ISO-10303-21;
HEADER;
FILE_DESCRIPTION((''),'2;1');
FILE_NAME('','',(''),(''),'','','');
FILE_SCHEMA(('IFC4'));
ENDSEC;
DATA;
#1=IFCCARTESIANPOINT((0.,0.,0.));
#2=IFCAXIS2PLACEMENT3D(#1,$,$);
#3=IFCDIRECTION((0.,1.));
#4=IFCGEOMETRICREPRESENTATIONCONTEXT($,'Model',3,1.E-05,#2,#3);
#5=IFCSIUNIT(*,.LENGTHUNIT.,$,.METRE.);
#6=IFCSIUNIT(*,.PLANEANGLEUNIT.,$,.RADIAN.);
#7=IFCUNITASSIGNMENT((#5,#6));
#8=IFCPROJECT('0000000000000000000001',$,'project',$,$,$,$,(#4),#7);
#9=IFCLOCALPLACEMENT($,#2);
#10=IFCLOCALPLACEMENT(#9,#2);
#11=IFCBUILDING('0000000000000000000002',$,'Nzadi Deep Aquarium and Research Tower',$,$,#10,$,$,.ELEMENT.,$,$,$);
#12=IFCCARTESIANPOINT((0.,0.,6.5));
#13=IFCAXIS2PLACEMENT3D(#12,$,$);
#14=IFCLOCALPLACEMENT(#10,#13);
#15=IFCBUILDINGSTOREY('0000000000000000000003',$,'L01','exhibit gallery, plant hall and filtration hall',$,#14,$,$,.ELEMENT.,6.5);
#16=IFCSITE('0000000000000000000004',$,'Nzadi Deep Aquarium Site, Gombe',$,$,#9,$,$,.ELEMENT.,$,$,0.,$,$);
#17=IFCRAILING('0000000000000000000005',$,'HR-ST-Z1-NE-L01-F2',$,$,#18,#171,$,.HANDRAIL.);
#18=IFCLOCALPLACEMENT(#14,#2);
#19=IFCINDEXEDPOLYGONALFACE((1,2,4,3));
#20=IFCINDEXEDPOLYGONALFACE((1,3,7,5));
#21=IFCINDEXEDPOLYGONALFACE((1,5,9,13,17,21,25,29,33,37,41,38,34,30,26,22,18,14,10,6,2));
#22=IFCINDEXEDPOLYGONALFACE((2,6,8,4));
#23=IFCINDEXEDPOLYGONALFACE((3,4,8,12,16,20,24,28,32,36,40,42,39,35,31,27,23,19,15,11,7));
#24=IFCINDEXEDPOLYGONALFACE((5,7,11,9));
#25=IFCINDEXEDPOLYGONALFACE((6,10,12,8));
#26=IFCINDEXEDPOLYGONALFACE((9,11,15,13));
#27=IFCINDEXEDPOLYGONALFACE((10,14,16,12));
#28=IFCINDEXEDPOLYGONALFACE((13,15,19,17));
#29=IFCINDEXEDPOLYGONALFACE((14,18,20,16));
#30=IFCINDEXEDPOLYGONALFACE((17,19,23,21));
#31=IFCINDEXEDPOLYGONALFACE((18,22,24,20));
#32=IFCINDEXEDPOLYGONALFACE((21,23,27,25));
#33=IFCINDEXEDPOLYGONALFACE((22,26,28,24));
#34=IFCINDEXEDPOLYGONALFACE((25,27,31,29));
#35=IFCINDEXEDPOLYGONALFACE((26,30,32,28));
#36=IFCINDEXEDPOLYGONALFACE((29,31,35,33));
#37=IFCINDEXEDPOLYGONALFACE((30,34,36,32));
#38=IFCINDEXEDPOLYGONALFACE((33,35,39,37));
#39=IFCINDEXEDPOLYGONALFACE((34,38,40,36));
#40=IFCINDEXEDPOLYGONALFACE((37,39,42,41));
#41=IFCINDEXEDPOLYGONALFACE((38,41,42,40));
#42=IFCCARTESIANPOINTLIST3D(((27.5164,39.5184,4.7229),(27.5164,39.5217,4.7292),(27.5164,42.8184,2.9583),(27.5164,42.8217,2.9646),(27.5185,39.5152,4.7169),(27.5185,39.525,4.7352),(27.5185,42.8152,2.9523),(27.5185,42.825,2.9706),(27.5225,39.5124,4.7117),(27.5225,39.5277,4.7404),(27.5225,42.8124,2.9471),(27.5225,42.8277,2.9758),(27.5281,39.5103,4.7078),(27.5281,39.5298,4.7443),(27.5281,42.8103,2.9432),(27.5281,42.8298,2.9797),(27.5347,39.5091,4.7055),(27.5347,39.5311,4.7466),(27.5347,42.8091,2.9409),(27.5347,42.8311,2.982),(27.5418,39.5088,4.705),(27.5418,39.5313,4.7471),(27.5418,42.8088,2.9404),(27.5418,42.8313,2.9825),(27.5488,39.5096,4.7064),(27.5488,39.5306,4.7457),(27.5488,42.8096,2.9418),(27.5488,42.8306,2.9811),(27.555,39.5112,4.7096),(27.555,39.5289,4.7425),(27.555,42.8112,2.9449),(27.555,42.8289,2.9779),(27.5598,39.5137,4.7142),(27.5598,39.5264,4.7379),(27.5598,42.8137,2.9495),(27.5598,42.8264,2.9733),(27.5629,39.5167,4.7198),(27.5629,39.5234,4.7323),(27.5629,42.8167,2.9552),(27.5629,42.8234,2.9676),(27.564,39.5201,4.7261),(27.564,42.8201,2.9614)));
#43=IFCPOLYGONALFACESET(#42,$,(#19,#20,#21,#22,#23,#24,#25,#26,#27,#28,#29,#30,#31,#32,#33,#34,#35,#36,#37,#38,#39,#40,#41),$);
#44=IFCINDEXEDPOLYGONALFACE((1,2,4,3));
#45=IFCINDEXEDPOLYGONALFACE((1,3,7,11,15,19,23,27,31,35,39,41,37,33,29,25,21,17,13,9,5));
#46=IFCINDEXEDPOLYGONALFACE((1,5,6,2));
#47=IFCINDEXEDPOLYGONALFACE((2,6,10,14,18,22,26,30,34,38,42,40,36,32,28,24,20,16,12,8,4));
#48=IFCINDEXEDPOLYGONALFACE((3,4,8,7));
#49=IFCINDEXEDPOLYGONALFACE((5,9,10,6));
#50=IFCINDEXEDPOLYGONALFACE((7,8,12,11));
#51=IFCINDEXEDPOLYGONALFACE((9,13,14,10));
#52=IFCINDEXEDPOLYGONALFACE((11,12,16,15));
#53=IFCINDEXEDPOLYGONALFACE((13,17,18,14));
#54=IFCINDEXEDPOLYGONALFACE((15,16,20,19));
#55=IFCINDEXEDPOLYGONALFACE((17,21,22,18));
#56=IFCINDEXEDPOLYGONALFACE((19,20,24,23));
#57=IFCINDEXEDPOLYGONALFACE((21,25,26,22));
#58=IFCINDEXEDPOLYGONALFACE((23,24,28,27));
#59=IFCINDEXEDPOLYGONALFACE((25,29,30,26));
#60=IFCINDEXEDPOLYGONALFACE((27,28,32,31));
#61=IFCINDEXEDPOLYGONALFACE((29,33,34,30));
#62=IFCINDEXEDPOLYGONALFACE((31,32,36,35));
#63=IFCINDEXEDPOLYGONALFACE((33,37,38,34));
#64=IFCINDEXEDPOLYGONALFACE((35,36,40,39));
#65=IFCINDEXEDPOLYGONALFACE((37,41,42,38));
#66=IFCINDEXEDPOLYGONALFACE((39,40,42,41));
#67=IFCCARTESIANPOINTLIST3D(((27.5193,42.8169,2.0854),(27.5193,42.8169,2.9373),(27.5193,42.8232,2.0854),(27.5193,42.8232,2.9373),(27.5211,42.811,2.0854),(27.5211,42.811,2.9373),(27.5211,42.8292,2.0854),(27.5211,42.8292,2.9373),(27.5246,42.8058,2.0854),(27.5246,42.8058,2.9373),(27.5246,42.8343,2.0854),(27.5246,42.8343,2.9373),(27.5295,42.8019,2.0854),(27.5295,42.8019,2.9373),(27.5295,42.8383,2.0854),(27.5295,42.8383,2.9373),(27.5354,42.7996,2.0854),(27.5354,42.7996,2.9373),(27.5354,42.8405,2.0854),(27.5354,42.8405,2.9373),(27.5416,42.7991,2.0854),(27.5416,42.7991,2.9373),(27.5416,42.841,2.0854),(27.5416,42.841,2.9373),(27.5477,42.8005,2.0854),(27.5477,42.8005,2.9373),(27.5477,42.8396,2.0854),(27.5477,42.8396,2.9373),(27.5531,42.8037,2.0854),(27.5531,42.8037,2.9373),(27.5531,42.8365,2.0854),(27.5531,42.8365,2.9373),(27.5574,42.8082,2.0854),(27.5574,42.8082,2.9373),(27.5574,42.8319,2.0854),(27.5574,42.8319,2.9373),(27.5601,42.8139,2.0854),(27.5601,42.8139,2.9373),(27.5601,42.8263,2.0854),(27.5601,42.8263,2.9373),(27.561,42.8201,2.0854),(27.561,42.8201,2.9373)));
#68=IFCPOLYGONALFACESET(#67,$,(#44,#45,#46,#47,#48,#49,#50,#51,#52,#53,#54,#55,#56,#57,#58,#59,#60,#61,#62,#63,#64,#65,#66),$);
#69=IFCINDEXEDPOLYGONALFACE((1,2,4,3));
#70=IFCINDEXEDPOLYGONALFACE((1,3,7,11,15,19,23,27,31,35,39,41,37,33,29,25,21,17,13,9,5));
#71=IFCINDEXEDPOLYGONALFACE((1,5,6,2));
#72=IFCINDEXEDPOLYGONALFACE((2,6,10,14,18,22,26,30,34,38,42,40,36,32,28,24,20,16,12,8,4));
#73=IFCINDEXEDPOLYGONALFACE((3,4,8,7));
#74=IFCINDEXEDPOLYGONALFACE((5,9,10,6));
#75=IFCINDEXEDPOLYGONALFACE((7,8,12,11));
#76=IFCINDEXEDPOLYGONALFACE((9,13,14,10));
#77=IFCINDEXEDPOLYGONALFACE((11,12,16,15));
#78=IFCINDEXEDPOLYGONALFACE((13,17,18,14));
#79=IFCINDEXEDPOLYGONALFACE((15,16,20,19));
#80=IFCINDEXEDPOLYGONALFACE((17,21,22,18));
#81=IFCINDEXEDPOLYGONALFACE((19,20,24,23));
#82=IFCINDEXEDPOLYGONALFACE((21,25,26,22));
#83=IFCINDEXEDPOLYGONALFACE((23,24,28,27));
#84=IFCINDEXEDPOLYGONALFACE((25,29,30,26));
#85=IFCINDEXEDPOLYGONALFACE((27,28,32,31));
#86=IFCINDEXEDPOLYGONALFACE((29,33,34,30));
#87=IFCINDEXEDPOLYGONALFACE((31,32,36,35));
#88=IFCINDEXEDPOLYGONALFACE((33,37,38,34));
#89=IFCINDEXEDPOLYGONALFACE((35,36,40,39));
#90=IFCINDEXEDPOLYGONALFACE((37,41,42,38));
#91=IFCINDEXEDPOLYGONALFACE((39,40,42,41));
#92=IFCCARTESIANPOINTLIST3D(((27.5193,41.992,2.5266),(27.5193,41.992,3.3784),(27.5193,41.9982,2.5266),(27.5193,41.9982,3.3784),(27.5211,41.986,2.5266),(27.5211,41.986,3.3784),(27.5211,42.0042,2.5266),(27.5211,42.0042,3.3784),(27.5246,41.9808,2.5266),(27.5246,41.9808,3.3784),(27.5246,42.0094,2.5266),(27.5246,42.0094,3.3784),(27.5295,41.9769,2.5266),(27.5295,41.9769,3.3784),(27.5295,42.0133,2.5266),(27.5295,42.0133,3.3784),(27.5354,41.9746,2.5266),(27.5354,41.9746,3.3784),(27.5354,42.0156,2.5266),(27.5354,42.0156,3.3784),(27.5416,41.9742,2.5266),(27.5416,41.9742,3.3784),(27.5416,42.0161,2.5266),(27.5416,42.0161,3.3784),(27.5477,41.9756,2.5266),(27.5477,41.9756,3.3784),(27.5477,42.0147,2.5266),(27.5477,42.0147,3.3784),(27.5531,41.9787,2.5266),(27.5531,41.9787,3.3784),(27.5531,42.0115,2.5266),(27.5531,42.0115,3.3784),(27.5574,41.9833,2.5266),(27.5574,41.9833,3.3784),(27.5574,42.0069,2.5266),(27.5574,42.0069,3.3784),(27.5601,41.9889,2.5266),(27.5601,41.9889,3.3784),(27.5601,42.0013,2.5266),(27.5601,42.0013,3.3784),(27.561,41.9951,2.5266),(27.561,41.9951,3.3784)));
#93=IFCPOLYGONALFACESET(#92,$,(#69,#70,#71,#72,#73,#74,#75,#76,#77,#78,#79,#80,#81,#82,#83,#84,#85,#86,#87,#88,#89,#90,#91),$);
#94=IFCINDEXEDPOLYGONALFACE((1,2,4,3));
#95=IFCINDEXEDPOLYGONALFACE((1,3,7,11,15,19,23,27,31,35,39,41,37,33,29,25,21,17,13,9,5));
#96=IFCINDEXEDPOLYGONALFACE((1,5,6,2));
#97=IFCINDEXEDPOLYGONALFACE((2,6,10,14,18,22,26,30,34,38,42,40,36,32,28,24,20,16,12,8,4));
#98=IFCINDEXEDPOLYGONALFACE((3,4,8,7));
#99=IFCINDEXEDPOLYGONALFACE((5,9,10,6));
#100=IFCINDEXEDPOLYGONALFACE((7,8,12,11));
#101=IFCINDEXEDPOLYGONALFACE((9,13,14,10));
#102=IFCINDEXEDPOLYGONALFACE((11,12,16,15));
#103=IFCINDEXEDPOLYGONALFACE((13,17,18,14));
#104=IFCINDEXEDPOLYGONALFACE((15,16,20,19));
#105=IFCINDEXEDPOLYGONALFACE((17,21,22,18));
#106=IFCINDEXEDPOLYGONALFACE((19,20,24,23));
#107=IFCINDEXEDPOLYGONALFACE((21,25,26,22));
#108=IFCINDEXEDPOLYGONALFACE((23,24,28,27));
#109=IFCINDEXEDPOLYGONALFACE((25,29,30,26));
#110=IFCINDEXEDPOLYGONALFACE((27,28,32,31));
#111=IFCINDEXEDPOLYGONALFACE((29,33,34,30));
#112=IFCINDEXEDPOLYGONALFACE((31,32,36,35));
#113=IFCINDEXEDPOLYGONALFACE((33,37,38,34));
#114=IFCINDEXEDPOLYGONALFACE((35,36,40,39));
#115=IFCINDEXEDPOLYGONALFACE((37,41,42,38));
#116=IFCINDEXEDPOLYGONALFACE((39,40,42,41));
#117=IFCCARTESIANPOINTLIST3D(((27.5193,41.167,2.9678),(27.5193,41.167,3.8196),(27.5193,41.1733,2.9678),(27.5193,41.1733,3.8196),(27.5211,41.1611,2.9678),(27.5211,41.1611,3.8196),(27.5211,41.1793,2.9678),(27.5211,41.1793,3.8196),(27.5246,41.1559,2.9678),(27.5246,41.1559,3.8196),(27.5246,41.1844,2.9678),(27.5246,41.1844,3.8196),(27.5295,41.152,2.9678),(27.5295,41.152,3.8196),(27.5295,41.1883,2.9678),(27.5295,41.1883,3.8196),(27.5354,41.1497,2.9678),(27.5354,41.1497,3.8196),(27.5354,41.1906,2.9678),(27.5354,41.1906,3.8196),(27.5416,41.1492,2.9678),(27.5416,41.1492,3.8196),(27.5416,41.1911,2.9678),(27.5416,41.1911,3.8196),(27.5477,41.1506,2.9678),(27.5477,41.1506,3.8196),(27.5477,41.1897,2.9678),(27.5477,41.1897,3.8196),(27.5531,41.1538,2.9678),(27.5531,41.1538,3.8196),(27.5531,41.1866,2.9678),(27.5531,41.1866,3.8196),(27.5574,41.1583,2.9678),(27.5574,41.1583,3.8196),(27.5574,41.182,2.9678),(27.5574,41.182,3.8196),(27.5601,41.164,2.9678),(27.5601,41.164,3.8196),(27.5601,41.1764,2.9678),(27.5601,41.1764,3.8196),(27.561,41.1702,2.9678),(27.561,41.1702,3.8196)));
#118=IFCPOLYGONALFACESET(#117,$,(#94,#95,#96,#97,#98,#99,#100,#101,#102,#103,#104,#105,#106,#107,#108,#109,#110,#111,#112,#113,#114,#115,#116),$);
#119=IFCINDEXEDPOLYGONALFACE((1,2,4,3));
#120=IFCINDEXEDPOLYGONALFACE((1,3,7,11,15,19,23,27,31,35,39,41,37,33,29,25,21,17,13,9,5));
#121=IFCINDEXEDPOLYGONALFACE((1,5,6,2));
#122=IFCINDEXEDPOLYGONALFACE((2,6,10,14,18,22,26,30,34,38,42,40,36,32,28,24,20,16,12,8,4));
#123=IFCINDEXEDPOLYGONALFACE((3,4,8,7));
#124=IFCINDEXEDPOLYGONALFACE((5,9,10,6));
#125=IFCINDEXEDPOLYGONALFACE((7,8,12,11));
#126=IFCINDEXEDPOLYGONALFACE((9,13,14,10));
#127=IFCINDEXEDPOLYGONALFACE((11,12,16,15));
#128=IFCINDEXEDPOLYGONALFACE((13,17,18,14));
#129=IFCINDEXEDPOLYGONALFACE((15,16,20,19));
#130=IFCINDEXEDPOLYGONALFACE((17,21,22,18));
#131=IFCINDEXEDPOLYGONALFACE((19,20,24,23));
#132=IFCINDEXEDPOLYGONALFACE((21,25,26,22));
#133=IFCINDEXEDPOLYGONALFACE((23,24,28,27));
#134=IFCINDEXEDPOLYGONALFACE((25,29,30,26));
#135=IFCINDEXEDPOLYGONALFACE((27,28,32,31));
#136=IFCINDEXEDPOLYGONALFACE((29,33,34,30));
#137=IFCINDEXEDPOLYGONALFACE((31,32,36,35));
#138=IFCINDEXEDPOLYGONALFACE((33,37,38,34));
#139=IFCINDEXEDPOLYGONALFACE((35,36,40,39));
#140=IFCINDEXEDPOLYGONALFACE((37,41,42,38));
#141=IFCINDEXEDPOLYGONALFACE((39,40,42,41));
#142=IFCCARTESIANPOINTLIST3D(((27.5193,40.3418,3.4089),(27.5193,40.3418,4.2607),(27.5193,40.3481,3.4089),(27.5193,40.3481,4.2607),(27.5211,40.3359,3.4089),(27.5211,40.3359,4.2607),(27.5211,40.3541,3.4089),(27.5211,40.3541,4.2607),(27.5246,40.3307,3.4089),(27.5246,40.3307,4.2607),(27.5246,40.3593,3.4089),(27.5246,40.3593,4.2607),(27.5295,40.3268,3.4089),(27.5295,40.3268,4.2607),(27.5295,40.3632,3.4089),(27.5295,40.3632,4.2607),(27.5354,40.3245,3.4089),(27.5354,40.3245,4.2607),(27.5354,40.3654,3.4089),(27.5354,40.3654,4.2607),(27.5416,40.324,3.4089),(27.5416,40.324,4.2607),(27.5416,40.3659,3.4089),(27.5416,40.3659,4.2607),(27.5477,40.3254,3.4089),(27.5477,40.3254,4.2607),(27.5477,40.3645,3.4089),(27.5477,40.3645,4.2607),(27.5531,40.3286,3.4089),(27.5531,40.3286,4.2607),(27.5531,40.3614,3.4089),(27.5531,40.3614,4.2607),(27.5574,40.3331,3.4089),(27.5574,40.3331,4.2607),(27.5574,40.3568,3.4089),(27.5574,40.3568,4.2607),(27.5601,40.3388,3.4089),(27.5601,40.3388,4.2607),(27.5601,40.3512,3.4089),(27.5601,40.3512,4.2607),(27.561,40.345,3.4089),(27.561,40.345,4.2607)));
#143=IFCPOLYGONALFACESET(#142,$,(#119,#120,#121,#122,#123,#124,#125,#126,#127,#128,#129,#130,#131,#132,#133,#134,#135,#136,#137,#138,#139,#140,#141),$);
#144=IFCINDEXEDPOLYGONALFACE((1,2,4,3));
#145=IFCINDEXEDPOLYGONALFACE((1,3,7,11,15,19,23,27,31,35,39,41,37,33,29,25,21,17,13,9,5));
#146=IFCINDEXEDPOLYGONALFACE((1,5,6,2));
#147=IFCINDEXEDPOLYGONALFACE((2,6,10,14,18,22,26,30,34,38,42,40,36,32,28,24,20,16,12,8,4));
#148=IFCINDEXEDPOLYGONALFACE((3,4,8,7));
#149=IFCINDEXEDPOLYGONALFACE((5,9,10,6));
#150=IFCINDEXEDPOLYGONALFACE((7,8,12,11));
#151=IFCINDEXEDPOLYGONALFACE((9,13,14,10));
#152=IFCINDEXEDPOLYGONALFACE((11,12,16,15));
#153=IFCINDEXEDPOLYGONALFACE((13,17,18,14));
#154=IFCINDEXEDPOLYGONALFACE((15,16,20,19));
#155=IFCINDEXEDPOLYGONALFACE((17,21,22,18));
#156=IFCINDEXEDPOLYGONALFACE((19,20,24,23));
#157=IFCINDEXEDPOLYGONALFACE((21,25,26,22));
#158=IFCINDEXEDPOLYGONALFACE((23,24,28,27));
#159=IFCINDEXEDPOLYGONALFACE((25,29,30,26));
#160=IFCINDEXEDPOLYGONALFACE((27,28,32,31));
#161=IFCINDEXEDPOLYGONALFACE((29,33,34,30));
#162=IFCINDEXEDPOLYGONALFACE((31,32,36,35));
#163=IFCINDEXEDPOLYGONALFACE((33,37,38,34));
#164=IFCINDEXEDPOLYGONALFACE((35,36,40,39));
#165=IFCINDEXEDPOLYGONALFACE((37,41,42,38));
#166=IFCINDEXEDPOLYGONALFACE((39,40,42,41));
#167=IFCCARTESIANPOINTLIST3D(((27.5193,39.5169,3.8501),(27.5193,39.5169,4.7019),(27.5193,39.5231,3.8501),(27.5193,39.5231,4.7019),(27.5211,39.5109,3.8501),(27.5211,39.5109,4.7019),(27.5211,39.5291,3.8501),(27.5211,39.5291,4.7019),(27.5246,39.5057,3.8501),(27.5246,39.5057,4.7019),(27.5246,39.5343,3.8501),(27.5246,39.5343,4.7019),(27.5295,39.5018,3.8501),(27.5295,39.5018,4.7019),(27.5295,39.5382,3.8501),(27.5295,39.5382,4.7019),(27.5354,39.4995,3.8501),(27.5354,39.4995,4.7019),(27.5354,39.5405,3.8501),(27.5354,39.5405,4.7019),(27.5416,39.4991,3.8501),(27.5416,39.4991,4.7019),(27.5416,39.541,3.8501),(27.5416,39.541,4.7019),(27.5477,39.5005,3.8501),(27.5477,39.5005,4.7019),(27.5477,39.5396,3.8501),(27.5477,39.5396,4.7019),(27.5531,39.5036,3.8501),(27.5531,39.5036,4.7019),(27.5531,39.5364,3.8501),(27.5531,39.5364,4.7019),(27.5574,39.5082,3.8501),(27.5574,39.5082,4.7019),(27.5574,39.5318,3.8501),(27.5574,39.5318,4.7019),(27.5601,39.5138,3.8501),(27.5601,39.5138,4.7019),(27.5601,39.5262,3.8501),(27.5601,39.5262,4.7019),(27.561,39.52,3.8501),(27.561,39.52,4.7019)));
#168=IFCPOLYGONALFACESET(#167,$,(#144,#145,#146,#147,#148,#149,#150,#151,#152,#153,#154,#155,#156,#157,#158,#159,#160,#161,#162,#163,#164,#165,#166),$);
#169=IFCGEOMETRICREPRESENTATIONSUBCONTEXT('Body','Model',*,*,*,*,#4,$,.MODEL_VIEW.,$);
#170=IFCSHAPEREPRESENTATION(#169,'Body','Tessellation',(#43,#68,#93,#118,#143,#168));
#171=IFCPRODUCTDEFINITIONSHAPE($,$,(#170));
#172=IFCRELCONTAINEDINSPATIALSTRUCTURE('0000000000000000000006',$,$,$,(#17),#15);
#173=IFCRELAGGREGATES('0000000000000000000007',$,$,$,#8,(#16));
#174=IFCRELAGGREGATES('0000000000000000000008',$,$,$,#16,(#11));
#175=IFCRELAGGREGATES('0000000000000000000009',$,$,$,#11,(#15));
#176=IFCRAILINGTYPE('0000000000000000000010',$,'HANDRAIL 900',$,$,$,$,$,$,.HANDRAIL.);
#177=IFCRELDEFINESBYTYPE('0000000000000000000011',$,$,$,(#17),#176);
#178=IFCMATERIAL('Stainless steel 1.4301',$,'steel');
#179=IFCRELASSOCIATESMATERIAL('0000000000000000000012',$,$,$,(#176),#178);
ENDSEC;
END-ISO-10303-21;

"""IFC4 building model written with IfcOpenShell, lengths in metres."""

from ifc_helpers import new_model, si_unit, direction, frame, origin, origin_2d, place, context, subcontext, project, spatial, circle, extrude, material, type_object, element, save


model = new_model("IFC4")

# Units and contexts
model_context = context("Model", 3, precision=1e-05, world=origin(), true_north=direction((0.0, 1.0)))
body_context = subcontext(model_context, "Body", "Model", "MODEL_VIEW")
ifc_project = project(units=[si_unit("LENGTHUNIT", "METRE"), si_unit("PLANEANGLEUNIT", "RADIAN")], contexts=[model_context])

# Site, building, storey
site_placement = place(None, origin())
site = spatial("IfcSite", under=ifc_project, at=site_placement, Name="Nzadi Deep Aquarium Site, Gombe", CompositionType="ELEMENT", RefElevation=0.0)
building_placement = place(site_placement, origin())
building = spatial("IfcBuilding", under=site, at=building_placement, Name="Nzadi Deep Aquarium and Research Tower", CompositionType="ELEMENT")
storey_placement = place(building_placement, frame((0.0, 0.0, 6.5)))
storey = spatial("IfcBuildingStorey", under=building, at=storey_placement, Name="L01", Description="exhibit gallery, plant hall and filtration hall", CompositionType="ELEMENT", Elevation=6.5)

# Railing
ifc_material_1 = material(Name="Stainless steel 1.4301", Category="steel")
railing_type = type_object("IfcRailingType", Name="HANDRAIL 900", PredefinedType="HANDRAIL", material=ifc_material_1)
for number, where, name in (
    (1, (27.54, 42.8201, 2.0854), "HR-ST-Z1-NE-L01-F2"),
):
    element("IfcRailing", number, at=place(storey_placement, frame(where)), inside=storey, type_object=railing_type, Name=name, PredefinedType="HANDRAIL", context=body_context, shape_type="SweptSolid", body=[
        extrude(circle(Radius=0.0239, at=origin_2d()), frame((0.0, 0.0, 0.876), z_axis=(0.0, -0.88184, 0.47155), x_axis=(1.0, 0.0, 0.0)), (0.0, 0.0, 1.0), 3.7422),
        extrude(circle(Radius=0.021, at=origin_2d()), origin(), (0.0, 0.0, 1.0), 0.8518),
        extrude(circle(Radius=0.021, at=origin_2d()), frame((0.0, -0.825, 0.4412)), (0.0, 0.0, 1.0), 0.8518),
        extrude(circle(Radius=0.021, at=origin_2d()), frame((0.0, -1.6499, 0.8823)), (0.0, 0.0, 1.0), 0.8518),
        extrude(circle(Radius=0.021, at=origin_2d()), frame((0.0, -2.4751, 1.3235)), (0.0, 0.0, 1.0), 0.8518),
        extrude(circle(Radius=0.021, at=origin_2d()), frame((0.0, -3.3, 1.7646)), (0.0, 0.0, 1.0), 0.8518),
    ])

save(model, "model.ifc")
